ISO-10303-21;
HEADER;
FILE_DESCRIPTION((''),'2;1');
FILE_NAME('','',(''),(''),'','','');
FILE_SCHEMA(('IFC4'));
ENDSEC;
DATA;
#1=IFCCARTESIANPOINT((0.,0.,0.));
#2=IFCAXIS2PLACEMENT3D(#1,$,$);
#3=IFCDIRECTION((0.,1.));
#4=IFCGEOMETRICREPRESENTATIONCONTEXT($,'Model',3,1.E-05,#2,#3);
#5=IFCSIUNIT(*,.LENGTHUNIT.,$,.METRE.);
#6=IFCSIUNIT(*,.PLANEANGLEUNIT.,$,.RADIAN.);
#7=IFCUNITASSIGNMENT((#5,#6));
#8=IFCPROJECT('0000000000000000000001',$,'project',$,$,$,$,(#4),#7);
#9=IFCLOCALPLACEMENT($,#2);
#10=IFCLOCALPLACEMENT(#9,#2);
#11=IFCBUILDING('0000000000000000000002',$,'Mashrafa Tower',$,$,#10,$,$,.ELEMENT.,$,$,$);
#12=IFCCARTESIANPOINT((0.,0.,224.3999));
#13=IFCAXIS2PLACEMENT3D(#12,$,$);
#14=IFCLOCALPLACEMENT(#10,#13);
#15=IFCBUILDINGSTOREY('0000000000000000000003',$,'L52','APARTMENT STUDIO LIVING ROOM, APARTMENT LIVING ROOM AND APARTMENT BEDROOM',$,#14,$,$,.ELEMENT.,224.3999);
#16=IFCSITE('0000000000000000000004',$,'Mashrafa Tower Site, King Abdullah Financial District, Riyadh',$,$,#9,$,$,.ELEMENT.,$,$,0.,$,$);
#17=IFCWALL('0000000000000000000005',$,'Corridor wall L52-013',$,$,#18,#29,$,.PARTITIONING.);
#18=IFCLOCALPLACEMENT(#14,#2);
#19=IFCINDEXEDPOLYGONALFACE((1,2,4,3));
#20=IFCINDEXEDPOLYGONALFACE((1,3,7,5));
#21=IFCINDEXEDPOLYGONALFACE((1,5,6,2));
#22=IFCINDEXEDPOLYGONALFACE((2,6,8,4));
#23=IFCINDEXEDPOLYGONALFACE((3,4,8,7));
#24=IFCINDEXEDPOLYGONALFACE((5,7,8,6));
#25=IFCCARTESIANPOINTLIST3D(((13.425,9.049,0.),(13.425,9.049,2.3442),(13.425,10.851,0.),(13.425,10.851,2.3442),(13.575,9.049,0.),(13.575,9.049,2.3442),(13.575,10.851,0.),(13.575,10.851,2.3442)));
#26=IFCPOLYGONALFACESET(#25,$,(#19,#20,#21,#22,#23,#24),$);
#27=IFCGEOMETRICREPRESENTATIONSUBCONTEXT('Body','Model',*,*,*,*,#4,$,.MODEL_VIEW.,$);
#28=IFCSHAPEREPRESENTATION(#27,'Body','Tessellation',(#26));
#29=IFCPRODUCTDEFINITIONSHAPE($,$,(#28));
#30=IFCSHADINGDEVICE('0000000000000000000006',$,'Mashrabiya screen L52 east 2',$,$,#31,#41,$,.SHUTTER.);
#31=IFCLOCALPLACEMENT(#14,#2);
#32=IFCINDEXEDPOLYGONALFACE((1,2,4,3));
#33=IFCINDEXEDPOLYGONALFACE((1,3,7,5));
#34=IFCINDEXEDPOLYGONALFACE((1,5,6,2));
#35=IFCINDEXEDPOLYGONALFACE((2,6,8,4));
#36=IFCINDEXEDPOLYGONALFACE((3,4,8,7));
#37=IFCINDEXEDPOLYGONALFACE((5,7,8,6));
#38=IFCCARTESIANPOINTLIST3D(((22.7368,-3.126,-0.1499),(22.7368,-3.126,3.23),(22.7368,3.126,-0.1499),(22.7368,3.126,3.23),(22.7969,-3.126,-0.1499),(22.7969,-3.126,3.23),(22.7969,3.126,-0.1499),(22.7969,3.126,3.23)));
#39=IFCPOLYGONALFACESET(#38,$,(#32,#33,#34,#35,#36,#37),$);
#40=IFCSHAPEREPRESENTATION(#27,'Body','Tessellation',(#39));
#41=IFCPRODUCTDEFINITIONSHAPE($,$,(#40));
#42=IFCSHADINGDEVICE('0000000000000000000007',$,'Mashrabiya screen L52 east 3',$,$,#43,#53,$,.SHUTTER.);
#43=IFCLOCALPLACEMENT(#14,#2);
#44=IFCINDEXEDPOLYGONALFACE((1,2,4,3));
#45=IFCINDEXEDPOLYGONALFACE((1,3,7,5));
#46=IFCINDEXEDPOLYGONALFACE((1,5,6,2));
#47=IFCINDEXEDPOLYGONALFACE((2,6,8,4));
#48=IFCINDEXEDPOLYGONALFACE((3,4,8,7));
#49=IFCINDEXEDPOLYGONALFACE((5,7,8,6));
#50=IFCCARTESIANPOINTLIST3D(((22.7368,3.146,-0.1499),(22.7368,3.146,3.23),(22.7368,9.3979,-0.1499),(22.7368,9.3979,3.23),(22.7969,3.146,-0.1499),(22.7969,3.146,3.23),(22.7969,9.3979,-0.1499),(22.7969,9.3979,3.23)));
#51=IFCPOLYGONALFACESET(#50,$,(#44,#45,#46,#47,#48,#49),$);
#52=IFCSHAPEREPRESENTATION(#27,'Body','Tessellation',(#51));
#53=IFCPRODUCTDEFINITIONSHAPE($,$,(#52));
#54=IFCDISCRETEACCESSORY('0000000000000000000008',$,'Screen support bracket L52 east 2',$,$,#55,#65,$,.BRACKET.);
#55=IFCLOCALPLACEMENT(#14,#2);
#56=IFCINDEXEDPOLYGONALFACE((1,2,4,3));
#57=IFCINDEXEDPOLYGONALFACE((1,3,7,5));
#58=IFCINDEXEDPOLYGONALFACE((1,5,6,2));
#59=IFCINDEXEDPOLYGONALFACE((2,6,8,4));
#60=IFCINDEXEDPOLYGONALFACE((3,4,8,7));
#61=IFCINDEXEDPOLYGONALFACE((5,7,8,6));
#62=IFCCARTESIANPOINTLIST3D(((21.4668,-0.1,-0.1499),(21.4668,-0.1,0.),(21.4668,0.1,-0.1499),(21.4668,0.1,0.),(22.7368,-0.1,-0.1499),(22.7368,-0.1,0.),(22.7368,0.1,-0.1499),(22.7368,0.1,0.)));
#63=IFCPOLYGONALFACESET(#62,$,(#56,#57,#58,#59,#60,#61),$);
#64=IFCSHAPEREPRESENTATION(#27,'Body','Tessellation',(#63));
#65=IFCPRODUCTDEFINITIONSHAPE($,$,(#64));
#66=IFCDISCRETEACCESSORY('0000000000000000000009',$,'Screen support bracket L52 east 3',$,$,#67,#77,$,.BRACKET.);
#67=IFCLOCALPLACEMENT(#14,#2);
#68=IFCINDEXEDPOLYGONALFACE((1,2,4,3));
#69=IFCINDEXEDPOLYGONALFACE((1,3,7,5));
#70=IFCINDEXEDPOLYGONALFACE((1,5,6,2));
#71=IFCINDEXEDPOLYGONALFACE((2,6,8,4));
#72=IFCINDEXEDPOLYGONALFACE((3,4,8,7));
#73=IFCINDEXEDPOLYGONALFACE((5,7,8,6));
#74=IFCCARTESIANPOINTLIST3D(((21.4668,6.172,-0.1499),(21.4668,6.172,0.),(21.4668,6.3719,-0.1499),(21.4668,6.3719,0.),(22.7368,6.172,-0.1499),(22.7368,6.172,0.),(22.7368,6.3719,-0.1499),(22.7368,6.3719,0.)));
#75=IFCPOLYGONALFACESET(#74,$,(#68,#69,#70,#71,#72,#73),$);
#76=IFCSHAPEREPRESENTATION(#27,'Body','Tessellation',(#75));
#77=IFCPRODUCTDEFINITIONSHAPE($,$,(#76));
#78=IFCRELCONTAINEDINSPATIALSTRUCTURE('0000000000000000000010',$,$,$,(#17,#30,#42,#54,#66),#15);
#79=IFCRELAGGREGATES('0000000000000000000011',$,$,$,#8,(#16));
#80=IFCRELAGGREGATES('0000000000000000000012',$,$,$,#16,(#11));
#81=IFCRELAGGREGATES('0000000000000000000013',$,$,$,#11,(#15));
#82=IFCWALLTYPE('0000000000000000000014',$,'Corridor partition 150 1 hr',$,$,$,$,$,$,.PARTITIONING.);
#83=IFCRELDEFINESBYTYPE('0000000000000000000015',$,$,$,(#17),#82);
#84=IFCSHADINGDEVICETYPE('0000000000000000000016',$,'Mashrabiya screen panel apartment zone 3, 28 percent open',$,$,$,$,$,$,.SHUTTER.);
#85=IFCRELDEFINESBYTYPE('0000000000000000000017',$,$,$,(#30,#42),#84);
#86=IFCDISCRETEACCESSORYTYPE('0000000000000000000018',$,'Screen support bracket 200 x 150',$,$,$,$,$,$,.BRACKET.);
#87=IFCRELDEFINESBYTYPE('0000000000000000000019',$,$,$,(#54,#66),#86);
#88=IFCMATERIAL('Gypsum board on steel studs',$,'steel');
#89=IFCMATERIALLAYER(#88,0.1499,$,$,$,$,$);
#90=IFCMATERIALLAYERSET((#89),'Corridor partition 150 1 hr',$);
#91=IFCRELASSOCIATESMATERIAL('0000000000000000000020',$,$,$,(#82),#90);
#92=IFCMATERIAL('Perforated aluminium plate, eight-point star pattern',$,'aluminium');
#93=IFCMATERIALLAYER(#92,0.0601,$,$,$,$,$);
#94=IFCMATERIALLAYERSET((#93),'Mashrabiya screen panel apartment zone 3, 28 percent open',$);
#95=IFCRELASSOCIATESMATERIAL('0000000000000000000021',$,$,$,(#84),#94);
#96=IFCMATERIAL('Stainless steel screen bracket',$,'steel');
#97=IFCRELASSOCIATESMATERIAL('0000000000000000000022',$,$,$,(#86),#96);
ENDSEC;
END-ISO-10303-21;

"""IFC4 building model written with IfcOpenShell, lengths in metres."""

from ifc_helpers import new_model, si_unit, direction, frame, frame_2d, origin, origin_2d, place, context, subcontext, project, spatial, rectangle, extrude, source, transform, mapped, material, layer, layer_set, type_object, type_shapes, element, save


model = new_model("IFC4")

# Units and contexts
model_context = context("Model", 3, precision=1e-05, world=origin(), true_north=direction((0.0, 1.0)))
body_context = subcontext(model_context, "Body", "Model", "MODEL_VIEW")
ifc_project = project(units=[si_unit("LENGTHUNIT", "METRE"), si_unit("PLANEANGLEUNIT", "RADIAN")], contexts=[model_context])

# Site, building, storey
site_placement = place(None, origin())
site = spatial("IfcSite", under=ifc_project, at=site_placement, Name="Mashrafa Tower Site, King Abdullah Financial District, Riyadh", CompositionType="ELEMENT", RefElevation=0.0)
building_placement = place(site_placement, origin())
building = spatial("IfcBuilding", under=site, at=building_placement, Name="Mashrafa Tower", CompositionType="ELEMENT")
storey_placement = place(building_placement, frame((0.0, 0.0, 224.3999)))
storey = spatial("IfcBuildingStorey", under=building, at=storey_placement, Name="L52", Description="APARTMENT STUDIO LIVING ROOM, APARTMENT LIVING ROOM AND APARTMENT BEDROOM", CompositionType="ELEMENT", Elevation=224.3999)

# Shared definitions
ifc_material_1 = material(Name="Gypsum board on steel studs", Category="steel")
ifc_layer_1 = layer(ifc_material_1, 0.1499)
ifc_layer_set_1 = layer_set([ifc_layer_1], Name="Corridor partition 150 1 hr")
wall_type_1 = type_object("IfcWallType", Name="Corridor partition 150 1 hr", PredefinedType="PARTITIONING", material=ifc_layer_set_1)

# Wall
wall_1_placement = place(storey_placement, frame((13.5, 9.0491, 0.0), z_axis=(0.0, 0.0, 1.0), x_axis=(0.0, 1.0, 0.0)))
element("IfcWall", 1, at=wall_1_placement, inside=storey, type_object=wall_type_1, Name="Corridor wall L52-013", PredefinedType="PARTITIONING", context=body_context, shape_type="SweptSolid", body=[
    extrude(rectangle(XDim=1.802, YDim=0.1499, at=frame_2d((0.9009, 0.0))), origin(), (0.0, 0.0, 1.0), 2.3442),
])

# Shading devices
ifc_material_2 = material(Name="Perforated aluminium plate, eight-point star pattern", Category="aluminium")
ifc_layer_2 = layer(ifc_material_2, 0.0601)
ifc_layer_set_2 = layer_set([ifc_layer_2], Name="Mashrabiya screen panel apartment zone 3, 28 percent open")
shading_device_type = type_object("IfcShadingDeviceType", Name="Mashrabiya screen panel apartment zone 3, 28 percent open", PredefinedType="SHUTTER", material=ifc_layer_set_2)
shared_shape_1 = source(origin(), body_context, "Body", "SweptSolid", [
    extrude(rectangle(XDim=6.252, YDim=0.0601, at=origin_2d()), origin(), (0.0, 0.0, 1.0), 3.3799),
])
type_shapes(shading_device_type, [shared_shape_1])
for number, where, z_axis, x_axis, name in (
    (2, (22.7668, 0.0, -0.1499), (0.0, 0.0, 1.0), (0.0, 1.0, 0.0), "Mashrabiya screen L52 east 2"),
    (3, (22.7668, 6.272, -0.1499), (0.0, 0.0, 1.0), (0.0, 1.0, 0.0), "Mashrabiya screen L52 east 3"),
):
    element("IfcShadingDevice", number, at=place(storey_placement, frame(where, z_axis=z_axis, x_axis=x_axis)), inside=storey, type_object=shading_device_type, Name=name, PredefinedType="SHUTTER", context=body_context, shape_type="MappedRepresentation", body=[
        mapped(shared_shape_1, transform((0.0, 0.0, 0.0))),
    ])

# Discrete accessories
ifc_material_3 = material(Name="Stainless steel screen bracket", Category="steel")
discrete_accessory_type = type_object("IfcDiscreteAccessoryType", Name="Screen support bracket 200 x 150", PredefinedType="BRACKET", material=ifc_material_3)
shared_shape_2 = source(origin(), body_context, "Body", "SweptSolid", [
    extrude(rectangle(XDim=0.2, YDim=1.27, at=origin_2d()), origin(), (0.0, 0.0, 1.0), 0.1499),
])
type_shapes(discrete_accessory_type, [shared_shape_2])
for number, where, z_axis, x_axis, name in (
    (4, (22.1018, 0.0, -0.1499), (0.0, 0.0, 1.0), (0.0, 1.0, 0.0), "Screen support bracket L52 east 2"),
    (5, (22.1018, 6.272, -0.1499), (0.0, 0.0, 1.0), (0.0, 1.0, 0.0), "Screen support bracket L52 east 3"),
):
    element("IfcDiscreteAccessory", number, at=place(storey_placement, frame(where, z_axis=z_axis, x_axis=x_axis)), inside=storey, type_object=discrete_accessory_type, Name=name, PredefinedType="BRACKET", context=body_context, shape_type="MappedRepresentation", body=[
        mapped(shared_shape_2, transform((0.0, 0.0, 0.0))),
    ])

save(model, "model.ifc")
